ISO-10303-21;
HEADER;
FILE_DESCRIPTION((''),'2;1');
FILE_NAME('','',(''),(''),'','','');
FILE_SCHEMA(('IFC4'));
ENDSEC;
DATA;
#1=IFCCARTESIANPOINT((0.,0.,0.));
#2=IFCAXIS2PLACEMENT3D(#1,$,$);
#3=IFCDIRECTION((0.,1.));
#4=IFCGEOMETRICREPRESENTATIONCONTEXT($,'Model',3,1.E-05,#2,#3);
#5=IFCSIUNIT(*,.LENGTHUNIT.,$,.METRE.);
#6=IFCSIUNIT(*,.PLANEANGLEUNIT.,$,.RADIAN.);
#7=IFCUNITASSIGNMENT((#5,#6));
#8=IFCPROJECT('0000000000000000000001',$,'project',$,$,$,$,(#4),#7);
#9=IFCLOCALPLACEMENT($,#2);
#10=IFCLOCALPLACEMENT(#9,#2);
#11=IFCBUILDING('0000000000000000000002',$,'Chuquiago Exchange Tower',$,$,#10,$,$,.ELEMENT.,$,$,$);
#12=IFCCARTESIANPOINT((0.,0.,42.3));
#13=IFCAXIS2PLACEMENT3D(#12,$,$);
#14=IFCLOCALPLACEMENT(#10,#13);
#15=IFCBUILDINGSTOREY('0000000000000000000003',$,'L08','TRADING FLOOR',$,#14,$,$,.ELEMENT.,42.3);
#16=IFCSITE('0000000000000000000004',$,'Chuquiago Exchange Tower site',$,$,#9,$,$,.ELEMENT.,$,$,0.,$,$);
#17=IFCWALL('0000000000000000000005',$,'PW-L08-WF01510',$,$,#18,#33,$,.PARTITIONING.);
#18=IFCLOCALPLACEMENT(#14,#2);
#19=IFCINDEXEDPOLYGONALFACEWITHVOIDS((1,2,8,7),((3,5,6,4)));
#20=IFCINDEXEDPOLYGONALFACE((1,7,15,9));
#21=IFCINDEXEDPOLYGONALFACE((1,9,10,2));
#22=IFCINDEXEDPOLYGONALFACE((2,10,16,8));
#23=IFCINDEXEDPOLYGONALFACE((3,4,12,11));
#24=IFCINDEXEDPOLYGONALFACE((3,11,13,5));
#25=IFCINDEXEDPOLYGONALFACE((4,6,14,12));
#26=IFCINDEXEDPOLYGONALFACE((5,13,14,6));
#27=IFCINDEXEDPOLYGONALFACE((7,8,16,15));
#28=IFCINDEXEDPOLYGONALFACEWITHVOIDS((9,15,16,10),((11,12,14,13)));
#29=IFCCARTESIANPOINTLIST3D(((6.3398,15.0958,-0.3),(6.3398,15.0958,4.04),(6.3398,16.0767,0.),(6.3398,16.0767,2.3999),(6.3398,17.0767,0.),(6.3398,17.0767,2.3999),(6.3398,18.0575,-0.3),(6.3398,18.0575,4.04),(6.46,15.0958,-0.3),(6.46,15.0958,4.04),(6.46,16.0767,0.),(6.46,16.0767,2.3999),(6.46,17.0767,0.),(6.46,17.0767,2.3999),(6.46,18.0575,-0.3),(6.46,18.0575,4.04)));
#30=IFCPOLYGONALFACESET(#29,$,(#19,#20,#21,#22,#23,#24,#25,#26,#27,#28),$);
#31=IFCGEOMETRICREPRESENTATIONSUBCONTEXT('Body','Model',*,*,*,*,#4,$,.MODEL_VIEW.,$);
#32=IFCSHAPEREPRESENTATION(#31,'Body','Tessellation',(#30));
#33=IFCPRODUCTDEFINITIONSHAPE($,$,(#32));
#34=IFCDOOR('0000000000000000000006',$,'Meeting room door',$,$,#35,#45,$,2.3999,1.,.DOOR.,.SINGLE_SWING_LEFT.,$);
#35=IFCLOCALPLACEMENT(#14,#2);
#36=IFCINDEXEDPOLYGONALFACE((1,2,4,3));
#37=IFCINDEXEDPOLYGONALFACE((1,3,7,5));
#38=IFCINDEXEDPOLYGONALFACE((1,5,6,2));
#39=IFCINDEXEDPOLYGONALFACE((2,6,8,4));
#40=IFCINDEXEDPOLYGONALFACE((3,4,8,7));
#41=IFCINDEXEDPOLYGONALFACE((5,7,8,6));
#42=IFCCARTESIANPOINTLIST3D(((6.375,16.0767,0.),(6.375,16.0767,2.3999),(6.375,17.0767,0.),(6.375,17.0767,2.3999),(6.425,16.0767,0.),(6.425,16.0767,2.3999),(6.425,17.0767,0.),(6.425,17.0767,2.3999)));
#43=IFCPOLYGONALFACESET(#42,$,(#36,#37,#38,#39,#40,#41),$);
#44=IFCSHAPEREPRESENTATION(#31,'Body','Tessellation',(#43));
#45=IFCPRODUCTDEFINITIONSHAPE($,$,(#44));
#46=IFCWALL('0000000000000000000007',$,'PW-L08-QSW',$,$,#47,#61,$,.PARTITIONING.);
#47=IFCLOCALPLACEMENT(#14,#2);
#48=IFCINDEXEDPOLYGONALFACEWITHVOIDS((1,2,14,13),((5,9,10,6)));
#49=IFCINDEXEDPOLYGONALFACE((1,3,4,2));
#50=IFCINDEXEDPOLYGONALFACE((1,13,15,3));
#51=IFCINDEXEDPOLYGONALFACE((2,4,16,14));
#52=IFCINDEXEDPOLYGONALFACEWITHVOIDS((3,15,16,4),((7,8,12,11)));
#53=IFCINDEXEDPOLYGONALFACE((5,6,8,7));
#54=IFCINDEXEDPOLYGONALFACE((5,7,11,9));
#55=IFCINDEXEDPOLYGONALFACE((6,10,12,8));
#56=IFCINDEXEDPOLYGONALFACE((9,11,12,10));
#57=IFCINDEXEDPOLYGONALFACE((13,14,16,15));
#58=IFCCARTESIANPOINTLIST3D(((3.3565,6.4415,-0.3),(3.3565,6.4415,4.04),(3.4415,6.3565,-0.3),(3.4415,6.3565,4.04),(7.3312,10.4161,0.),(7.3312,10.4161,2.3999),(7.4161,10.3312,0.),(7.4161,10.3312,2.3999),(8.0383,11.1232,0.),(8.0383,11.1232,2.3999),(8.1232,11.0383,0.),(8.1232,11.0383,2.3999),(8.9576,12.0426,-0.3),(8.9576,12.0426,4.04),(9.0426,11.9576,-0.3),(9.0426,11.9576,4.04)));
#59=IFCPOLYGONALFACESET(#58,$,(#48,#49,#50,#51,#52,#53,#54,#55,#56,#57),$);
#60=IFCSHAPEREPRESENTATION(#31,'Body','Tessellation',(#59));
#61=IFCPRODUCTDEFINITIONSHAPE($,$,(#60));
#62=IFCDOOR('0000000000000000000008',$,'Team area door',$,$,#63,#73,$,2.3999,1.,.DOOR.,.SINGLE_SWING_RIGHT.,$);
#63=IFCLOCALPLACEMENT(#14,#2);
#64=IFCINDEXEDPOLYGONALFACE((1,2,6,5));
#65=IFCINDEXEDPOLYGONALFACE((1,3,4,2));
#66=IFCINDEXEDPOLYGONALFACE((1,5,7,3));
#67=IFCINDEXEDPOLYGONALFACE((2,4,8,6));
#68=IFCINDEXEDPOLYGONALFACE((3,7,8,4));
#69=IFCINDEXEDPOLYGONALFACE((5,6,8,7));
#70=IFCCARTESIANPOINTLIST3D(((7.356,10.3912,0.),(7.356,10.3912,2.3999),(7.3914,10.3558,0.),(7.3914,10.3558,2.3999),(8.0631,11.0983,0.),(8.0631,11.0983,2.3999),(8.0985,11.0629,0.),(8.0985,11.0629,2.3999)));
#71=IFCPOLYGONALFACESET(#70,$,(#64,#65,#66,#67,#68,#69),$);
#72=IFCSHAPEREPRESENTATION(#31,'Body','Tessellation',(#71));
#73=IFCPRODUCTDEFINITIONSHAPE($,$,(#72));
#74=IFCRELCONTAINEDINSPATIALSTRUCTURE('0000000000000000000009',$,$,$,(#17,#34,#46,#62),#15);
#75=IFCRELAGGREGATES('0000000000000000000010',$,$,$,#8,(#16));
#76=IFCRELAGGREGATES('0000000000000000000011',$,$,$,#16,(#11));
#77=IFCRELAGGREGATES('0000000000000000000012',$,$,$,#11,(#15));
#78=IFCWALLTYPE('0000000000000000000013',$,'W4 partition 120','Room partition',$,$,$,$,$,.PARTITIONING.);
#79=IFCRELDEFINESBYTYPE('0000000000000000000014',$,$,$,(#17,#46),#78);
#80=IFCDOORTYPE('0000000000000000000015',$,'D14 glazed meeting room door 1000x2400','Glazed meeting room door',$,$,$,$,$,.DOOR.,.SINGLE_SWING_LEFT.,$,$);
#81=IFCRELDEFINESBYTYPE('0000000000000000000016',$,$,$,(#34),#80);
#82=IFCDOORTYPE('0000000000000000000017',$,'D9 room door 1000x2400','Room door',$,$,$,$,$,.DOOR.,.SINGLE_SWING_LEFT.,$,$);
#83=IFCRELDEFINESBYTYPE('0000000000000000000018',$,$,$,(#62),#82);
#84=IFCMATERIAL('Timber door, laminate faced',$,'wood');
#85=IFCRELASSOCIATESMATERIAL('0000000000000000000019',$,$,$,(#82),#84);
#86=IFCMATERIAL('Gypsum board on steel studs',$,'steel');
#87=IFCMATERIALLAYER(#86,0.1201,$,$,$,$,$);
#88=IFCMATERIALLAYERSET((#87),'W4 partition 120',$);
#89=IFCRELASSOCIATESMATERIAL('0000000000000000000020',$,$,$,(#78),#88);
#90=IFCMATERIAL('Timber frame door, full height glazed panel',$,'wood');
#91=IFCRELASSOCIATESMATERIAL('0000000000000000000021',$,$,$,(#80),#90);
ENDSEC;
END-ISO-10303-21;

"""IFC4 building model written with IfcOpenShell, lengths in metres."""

from ifc_helpers import new_model, si_unit, direction, frame, frame_2d, origin, place, context, subcontext, project, spatial, rectangle, extrude, material, layer, layer_set, type_object, element, fill, save


model = new_model("IFC4")

# Units and contexts
model_context = context("Model", 3, precision=1e-05, world=origin(), true_north=direction((0.0, 1.0)))
body_context = subcontext(model_context, "Body", "Model", "MODEL_VIEW")
ifc_project = project(units=[si_unit("LENGTHUNIT", "METRE"), si_unit("PLANEANGLEUNIT", "RADIAN")], contexts=[model_context])

# Site, building, storey
site_placement = place(None, origin())
site = spatial("IfcSite", under=ifc_project, at=site_placement, Name="Chuquiago Exchange Tower site", CompositionType="ELEMENT", RefElevation=0.0)
building_placement = place(site_placement, origin())
building = spatial("IfcBuilding", under=site, at=building_placement, Name="Chuquiago Exchange Tower", CompositionType="ELEMENT")
storey_placement = place(building_placement, frame((0.0, 0.0, 42.3)))
storey = spatial("IfcBuildingStorey", under=building, at=storey_placement, Name="L08", Description="TRADING FLOOR", CompositionType="ELEMENT", Elevation=42.3)

# Shared definitions
ifc_material_1 = material(Name="Timber door, laminate faced", Category="wood")
door_type_1 = type_object("IfcDoorType", Name="D9 room door 1000x2400", Description="Room door", OperationType="SINGLE_SWING_LEFT", PredefinedType="DOOR", material=ifc_material_1)

# Shared definitions
ifc_material_2 = material(Name="Gypsum board on steel studs", Category="steel")
ifc_layer_1 = layer(ifc_material_2, 0.1201)
ifc_layer_set_1 = layer_set([ifc_layer_1], Name="W4 partition 120")
wall_type_1 = type_object("IfcWallType", Name="W4 partition 120", Description="Room partition", PredefinedType="PARTITIONING", material=ifc_layer_set_1)

# Walls, openings, doors
ifc_material_3 = material(Name="Timber frame door, full height glazed panel", Category="wood")
door_type_2 = type_object("IfcDoorType", Name="D14 glazed meeting room door 1000x2400", Description="Glazed meeting room door", OperationType="SINGLE_SWING_LEFT", PredefinedType="DOOR", material=ifc_material_3)
wall_1_placement = place(storey_placement, frame((6.3999, 15.0957, -0.3), z_axis=(0.0, 0.0, 1.0), x_axis=(0.0, 1.0, 0.0)))
wall_1 = element("IfcWall", 1, at=wall_1_placement, inside=storey, type_object=wall_type_1, Name="PW-L08-WF01510", PredefinedType="PARTITIONING", context=body_context, shape_type="SweptSolid", body=[
    extrude(rectangle(XDim=2.9617, YDim=0.1201, at=frame_2d((1.481, 0.0))), origin(), (0.0, 0.0, 1.0), 4.3401),
])
opening_1_placement = place(wall_1_placement, frame((0.981, 0.0, 0.3)))
opening_1 = element("IfcOpeningElement", 2, at=opening_1_placement, cuts=wall_1, PredefinedType="OPENING", context=body_context, shape_type="SweptSolid", body=[
    extrude(rectangle(XDim=1.0, YDim=2.3999, at=frame_2d((0.5, 1.2))), frame((0.0, 0.0701, 0.0), z_axis=(0.0, -1.0, 0.0), x_axis=(1.0, 0.0, 0.0)), (0.0, 0.0, 1.0), 0.1401),
])
door_1_placement = place(opening_1_placement, origin())
door_1 = element("IfcDoor", 3, at=door_1_placement, inside=storey, type_object=door_type_2, Name="Meeting room door", OperationType="SINGLE_SWING_LEFT", OverallHeight=2.3999, OverallWidth=1.0, PredefinedType="DOOR", context=body_context, shape_type="SweptSolid", body=[
    extrude(rectangle(XDim=1.0, YDim=2.3999, at=frame_2d((0.5, 1.2))), frame((0.0, 0.0249, 0.0), z_axis=(0.0, -1.0, 0.0), x_axis=(1.0, 0.0, 0.0)), (0.0, 0.0, 1.0), 0.05),
])
fill(opening_1, door_1)
wall_2_placement = place(storey_placement, frame((9.0, 12.0, -0.3), z_axis=(0.0, 0.0, 1.0), x_axis=(-0.707107, -0.707107, 0.0)))
wall_2 = element("IfcWall", 4, at=wall_2_placement, inside=storey, type_object=wall_type_1, Name="PW-L08-QSW", PredefinedType="PARTITIONING", context=body_context, shape_type="SweptSolid", body=[
    extrude(rectangle(XDim=7.9211, YDim=0.1201, at=frame_2d((3.9604, 0.0))), origin(), (0.0, 0.0, 1.0), 4.3401),
])
opening_2_placement = place(wall_2_placement, frame((1.3, 0.0, 0.3)))
opening_2 = element("IfcOpeningElement", 5, at=opening_2_placement, cuts=wall_2, PredefinedType="OPENING", context=body_context, shape_type="SweptSolid", body=[
    extrude(rectangle(XDim=1.0, YDim=2.3999, at=frame_2d((0.5, 1.2))), frame((0.0, 0.0701, 0.0), z_axis=(0.0, -1.0, 0.0), x_axis=(1.0, 0.0, 0.0)), (0.0, 0.0, 1.0), 0.1401),
])
door_2_placement = place(opening_2_placement, frame((1.0, 0.0, 0.0), z_axis=(0.0, 0.0, 1.0), x_axis=(-1.0, 0.0, 0.0)))
door_2 = element("IfcDoor", 6, at=door_2_placement, inside=storey, type_object=door_type_1, Name="Team area door", OperationType="SINGLE_SWING_RIGHT", OverallHeight=2.3999, OverallWidth=1.0, PredefinedType="DOOR", context=body_context, shape_type="SweptSolid", body=[
    extrude(rectangle(XDim=1.0, YDim=2.3999, at=frame_2d((0.5, 1.2))), frame((0.0, 0.0249, 0.0), z_axis=(0.0, -1.0, 0.0), x_axis=(1.0, 0.0, 0.0)), (0.0, 0.0, 1.0), 0.05),
])
fill(opening_2, door_2)

save(model, "model.ifc")
